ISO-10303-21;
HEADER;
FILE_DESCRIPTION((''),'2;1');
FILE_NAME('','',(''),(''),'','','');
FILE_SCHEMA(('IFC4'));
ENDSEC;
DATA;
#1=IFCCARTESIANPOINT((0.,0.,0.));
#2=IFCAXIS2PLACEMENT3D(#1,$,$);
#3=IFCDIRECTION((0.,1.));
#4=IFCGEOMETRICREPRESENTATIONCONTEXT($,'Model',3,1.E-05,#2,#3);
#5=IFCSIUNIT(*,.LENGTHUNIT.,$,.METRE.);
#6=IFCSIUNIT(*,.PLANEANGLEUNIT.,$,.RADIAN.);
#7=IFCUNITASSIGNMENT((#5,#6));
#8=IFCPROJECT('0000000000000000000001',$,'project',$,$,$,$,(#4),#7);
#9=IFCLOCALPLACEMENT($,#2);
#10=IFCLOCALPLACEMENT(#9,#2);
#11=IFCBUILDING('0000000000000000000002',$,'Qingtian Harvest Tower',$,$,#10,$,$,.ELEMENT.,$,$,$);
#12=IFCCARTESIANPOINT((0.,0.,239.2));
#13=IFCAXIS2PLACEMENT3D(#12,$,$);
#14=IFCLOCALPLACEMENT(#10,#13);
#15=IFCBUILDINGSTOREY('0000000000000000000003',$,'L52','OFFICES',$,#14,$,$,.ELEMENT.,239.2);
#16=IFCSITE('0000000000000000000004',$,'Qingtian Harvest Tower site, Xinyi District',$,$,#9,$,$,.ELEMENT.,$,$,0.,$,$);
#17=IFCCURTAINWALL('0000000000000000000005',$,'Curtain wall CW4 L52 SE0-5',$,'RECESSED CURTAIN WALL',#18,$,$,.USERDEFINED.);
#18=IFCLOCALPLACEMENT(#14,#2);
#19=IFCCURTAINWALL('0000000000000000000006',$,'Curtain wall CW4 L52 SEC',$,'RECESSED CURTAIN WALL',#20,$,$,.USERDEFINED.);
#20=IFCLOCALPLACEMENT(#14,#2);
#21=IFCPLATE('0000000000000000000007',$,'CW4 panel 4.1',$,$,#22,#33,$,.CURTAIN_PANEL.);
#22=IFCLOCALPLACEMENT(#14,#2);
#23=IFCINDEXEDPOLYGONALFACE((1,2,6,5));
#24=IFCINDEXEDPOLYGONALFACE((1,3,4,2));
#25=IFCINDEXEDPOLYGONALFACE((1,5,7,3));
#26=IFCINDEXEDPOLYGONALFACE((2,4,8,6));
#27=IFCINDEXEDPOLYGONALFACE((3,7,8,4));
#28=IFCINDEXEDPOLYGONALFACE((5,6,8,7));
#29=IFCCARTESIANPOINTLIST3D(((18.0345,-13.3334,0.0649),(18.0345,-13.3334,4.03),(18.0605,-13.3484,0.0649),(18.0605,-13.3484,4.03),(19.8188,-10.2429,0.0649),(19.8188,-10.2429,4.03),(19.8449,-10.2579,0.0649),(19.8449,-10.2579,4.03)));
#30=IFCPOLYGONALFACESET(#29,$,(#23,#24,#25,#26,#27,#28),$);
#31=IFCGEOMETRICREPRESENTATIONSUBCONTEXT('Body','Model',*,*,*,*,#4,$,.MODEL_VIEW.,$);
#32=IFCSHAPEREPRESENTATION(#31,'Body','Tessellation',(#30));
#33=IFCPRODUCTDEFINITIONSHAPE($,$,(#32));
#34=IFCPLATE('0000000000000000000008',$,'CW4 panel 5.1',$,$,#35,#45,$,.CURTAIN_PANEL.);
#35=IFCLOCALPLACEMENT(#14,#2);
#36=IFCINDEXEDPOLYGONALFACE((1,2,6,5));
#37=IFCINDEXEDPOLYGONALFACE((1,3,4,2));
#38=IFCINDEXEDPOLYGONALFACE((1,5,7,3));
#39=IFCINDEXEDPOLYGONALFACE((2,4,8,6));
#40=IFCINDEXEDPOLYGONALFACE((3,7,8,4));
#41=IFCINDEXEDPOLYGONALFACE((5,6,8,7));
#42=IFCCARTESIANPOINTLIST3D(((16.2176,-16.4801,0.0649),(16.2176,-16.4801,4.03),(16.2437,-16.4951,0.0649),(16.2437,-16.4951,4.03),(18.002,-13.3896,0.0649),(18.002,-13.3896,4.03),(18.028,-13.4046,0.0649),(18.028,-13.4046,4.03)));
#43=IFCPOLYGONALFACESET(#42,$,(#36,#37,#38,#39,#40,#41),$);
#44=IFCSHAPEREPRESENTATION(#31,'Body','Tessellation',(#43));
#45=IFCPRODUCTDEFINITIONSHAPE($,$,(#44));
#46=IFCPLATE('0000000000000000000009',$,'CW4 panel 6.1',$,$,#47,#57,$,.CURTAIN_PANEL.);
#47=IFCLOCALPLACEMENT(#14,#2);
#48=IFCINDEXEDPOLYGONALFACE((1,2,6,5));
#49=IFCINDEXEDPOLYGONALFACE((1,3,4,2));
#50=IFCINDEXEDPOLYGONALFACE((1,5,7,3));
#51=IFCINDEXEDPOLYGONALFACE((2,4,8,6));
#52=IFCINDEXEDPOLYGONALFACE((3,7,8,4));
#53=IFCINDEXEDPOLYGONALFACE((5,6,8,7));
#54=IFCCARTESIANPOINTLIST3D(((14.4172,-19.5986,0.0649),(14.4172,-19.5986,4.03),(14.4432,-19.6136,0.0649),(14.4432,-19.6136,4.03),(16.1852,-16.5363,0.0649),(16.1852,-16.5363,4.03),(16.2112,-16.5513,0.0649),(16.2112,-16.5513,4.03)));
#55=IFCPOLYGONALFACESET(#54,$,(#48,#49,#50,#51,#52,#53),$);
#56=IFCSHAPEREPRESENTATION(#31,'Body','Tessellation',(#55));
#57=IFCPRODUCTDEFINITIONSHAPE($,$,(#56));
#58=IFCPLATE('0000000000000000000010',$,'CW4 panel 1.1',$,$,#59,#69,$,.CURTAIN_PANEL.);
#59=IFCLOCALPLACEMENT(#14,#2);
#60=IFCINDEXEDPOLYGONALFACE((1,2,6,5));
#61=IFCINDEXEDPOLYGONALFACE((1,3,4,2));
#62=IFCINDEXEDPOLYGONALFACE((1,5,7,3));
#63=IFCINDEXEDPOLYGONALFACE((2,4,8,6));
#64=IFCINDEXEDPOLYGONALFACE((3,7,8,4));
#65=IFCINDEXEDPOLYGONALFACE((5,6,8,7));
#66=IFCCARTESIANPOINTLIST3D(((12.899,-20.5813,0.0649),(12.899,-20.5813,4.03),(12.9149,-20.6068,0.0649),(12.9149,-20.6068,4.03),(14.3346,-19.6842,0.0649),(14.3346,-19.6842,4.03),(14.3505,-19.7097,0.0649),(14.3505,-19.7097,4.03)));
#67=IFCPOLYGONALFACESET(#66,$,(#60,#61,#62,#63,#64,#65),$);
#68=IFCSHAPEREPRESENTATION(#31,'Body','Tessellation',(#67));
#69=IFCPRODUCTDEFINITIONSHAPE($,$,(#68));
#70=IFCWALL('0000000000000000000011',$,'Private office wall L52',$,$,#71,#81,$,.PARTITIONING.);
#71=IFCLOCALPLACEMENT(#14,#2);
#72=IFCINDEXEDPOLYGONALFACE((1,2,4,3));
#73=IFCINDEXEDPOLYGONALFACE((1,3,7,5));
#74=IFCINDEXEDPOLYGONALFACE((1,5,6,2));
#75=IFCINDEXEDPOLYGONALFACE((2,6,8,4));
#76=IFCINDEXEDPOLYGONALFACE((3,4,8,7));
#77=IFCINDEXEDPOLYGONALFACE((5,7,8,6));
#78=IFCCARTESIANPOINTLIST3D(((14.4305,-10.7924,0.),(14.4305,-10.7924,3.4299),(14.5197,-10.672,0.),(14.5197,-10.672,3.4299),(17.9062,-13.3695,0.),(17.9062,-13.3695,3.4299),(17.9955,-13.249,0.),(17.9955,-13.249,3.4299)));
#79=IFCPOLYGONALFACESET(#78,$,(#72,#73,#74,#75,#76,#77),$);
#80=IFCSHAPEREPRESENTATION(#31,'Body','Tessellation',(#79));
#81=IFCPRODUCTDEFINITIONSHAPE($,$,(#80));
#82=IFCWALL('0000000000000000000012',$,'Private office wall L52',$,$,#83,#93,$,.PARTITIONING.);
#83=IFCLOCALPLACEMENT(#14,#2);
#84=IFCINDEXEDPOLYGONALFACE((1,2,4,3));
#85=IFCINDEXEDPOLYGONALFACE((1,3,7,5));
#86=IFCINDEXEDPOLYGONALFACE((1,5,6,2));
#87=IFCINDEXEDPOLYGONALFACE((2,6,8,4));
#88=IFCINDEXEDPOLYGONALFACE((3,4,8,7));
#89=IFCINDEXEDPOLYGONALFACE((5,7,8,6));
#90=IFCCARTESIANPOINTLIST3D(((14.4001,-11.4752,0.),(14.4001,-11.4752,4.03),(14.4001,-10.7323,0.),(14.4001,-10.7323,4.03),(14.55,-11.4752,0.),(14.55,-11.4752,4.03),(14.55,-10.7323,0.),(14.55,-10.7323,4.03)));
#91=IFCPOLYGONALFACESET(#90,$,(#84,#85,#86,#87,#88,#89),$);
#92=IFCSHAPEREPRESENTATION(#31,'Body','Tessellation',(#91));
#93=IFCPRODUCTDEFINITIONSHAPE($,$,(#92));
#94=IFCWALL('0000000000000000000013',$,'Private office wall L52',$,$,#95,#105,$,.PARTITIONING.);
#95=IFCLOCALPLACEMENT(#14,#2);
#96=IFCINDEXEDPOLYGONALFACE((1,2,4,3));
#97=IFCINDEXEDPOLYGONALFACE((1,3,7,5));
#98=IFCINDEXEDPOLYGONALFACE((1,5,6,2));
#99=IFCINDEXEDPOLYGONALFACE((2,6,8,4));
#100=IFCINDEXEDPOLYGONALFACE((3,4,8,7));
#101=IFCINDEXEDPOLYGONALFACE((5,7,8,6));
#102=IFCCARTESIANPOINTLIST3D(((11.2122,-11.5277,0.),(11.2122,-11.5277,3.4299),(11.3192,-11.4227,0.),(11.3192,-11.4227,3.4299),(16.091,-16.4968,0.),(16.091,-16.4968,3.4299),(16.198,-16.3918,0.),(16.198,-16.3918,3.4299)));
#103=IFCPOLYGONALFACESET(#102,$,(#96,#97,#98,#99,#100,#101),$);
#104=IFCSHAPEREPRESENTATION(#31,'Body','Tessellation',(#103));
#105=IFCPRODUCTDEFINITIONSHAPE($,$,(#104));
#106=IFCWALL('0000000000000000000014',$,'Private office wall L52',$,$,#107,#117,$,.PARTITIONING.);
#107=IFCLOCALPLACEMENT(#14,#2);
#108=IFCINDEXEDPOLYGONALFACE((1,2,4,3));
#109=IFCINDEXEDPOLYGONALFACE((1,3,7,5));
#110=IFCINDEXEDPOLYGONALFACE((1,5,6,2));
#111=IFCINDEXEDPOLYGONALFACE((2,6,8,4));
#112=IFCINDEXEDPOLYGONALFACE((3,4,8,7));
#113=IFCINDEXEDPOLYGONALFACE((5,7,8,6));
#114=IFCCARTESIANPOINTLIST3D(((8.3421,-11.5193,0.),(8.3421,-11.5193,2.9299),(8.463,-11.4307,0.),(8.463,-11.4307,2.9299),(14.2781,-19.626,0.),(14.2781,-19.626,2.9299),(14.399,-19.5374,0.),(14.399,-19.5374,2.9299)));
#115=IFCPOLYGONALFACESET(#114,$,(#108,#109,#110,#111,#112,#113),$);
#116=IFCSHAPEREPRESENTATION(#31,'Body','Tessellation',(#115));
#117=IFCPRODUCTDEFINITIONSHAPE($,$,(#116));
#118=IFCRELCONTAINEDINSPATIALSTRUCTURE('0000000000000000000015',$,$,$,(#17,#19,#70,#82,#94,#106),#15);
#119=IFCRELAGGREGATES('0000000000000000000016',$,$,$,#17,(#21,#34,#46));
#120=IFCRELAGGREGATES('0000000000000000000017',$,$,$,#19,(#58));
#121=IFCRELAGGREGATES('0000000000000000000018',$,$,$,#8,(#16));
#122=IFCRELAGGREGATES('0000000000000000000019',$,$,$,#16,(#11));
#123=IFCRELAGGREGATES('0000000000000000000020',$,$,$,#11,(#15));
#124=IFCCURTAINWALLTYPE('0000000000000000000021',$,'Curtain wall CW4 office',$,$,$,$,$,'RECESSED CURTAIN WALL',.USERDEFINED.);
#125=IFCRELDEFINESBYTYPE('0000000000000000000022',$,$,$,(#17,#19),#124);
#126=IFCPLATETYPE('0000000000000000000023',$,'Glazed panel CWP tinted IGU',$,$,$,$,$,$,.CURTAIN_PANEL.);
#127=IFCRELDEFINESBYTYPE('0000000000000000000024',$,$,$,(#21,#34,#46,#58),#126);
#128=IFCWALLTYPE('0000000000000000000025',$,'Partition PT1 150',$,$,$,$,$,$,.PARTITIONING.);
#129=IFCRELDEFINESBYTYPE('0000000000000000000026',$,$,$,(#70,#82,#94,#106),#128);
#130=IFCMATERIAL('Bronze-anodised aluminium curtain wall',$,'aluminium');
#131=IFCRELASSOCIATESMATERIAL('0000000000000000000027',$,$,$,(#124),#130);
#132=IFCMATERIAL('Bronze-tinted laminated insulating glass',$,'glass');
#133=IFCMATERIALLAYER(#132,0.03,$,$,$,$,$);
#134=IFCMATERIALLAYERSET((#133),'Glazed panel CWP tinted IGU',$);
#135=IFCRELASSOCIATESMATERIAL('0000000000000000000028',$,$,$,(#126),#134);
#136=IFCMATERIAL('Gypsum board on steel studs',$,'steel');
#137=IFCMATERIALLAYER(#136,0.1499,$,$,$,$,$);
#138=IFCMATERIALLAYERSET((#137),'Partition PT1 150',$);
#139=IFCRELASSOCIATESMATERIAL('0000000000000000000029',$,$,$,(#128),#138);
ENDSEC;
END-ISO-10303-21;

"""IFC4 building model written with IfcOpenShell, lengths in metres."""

from ifc_helpers import new_model, si_unit, direction, frame, frame_2d, origin, origin_2d, place, context, subcontext, project, spatial, rectangle, extrude, material, layer, layer_set, type_object, element, aggregate, save


model = new_model("IFC4")

# Units and contexts
model_context = context("Model", 3, precision=1e-05, world=origin(), true_north=direction((0.0, 1.0)))
body_context = subcontext(model_context, "Body", "Model", "MODEL_VIEW")
ifc_project = project(units=[si_unit("LENGTHUNIT", "METRE"), si_unit("PLANEANGLEUNIT", "RADIAN")], contexts=[model_context])

# Site, building, storey
site_placement = place(None, origin())
site = spatial("IfcSite", under=ifc_project, at=site_placement, Name="Qingtian Harvest Tower site, Xinyi District", CompositionType="ELEMENT", RefElevation=0.0)
building_placement = place(site_placement, origin())
building = spatial("IfcBuilding", under=site, at=building_placement, Name="Qingtian Harvest Tower", CompositionType="ELEMENT")
storey_placement = place(building_placement, frame((0.0, 0.0, 239.2)))
storey = spatial("IfcBuildingStorey", under=building, at=storey_placement, Name="L52", Description="OFFICES", CompositionType="ELEMENT", Elevation=239.2)

# Curtain walls
ifc_material_1 = material(Name="Bronze-anodised aluminium curtain wall", Category="aluminium")
curtain_wall_type = type_object("IfcCurtainWallType", Name="Curtain wall CW4 office", ElementType="RECESSED CURTAIN WALL", PredefinedType="USERDEFINED", material=ifc_material_1)
curtain_wall_1_placement = place(storey_placement, origin())
curtain_wall_1 = element("IfcCurtainWall", 1, at=curtain_wall_1_placement, inside=storey, type_object=curtain_wall_type, Name="Curtain wall CW4 L52 SE0-5", ObjectType="RECESSED CURTAIN WALL", PredefinedType="USERDEFINED")
curtain_wall_2_placement = place(storey_placement, origin())
curtain_wall_2 = element("IfcCurtainWall", 2, at=curtain_wall_2_placement, inside=storey, type_object=curtain_wall_type, Name="Curtain wall CW4 L52 SEC", ObjectType="RECESSED CURTAIN WALL", PredefinedType="USERDEFINED")

# Plates
ifc_material_2 = material(Name="Bronze-tinted laminated insulating glass", Category="glass")
ifc_layer_1 = layer(ifc_material_2, 0.03)
ifc_layer_set_1 = layer_set([ifc_layer_1], Name="Glazed panel CWP tinted IGU")
plate_type = type_object("IfcPlateType", Name="Glazed panel CWP tinted IGU", PredefinedType="CURTAIN_PANEL", material=ifc_layer_set_1)
plate_1_placement = place(storey_placement, frame((18.9397, -11.7957, 0.0649), z_axis=(0.0, 0.0, 1.0), x_axis=(-0.5, -0.866025, 0.0)))
plate_1 = element("IfcPlate", 3, at=plate_1_placement, type_object=plate_type, Name="CW4 panel 4.1", PredefinedType="CURTAIN_PANEL", context=body_context, shape_type="SweptSolid", body=[
    extrude(rectangle(XDim=3.5686, YDim=0.03, at=origin_2d()), origin(), (0.0, 0.0, 1.0), 3.9651),
])
plate_2_placement = place(storey_placement, frame((17.1228, -14.9424, 0.0649), z_axis=(0.0, 0.0, 1.0), x_axis=(-0.5, -0.866025, 0.0)))
plate_2 = element("IfcPlate", 4, at=plate_2_placement, type_object=plate_type, Name="CW4 panel 5.1", PredefinedType="CURTAIN_PANEL", context=body_context, shape_type="SweptSolid", body=[
    extrude(rectangle(XDim=3.5686, YDim=0.03, at=origin_2d()), origin(), (0.0, 0.0, 1.0), 3.9651),
])
plate_3_placement = place(storey_placement, frame((15.3142, -18.075, 0.0649), z_axis=(0.0, 0.0, 1.0), x_axis=(-0.5, -0.866025, 0.0)))
plate_3 = element("IfcPlate", 5, at=plate_3_placement, type_object=plate_type, Name="CW4 panel 6.1", PredefinedType="CURTAIN_PANEL", context=body_context, shape_type="SweptSolid", body=[
    extrude(rectangle(XDim=3.5361, YDim=0.03, at=origin_2d()), origin(), (0.0, 0.0, 1.0), 3.9651),
])
aggregate(curtain_wall_1, [plate_1, plate_2, plate_3])
plate_4_placement = place(storey_placement, frame((13.6248, -20.1455, 0.0649), z_axis=(0.0, 0.0, 1.0), x_axis=(-0.848048, -0.529919, 0.0)))
plate_4 = element("IfcPlate", 6, at=plate_4_placement, type_object=plate_type, Name="CW4 panel 1.1", PredefinedType="CURTAIN_PANEL", context=body_context, shape_type="SweptSolid", body=[
    extrude(rectangle(XDim=1.6929, YDim=0.03, at=origin_2d()), origin(), (0.0, 0.0, 1.0), 3.9651),
])
aggregate(curtain_wall_2, [plate_4])

# Walls
ifc_material_3 = material(Name="Gypsum board on steel studs", Category="steel")
ifc_layer_2 = layer(ifc_material_3, 0.1499)
ifc_layer_set_2 = layer_set([ifc_layer_2], Name="Partition PT1 150")
wall_type = type_object("IfcWallType", Name="Partition PT1 150", PredefinedType="PARTITIONING", material=ifc_layer_set_2)
wall_1_placement = place(storey_placement, frame((17.9509, -13.3093, 0.0), z_axis=(0.0, 0.0, 1.0), x_axis=(-0.803285, 0.595595, 0.0)))
element("IfcWall", 7, at=wall_1_placement, inside=storey, type_object=wall_type, Name="Private office wall L52", PredefinedType="PARTITIONING", context=body_context, shape_type="SweptSolid", body=[
    extrude(rectangle(XDim=4.3269, YDim=0.1499, at=frame_2d((2.1636, 0.0))), origin(), (0.0, 0.0, 1.0), 3.4299),
])
wall_2_placement = place(storey_placement, frame((14.4751, -10.7322, 0.0), z_axis=(0.0, 0.0, 1.0), x_axis=(0.0, -1.0, 0.0)))
element("IfcWall", 8, at=wall_2_placement, inside=storey, type_object=wall_type, Name="Private office wall L52", PredefinedType="PARTITIONING", context=body_context, shape_type="SweptSolid", body=[
    extrude(rectangle(XDim=0.7429, YDim=0.1499, at=frame_2d((0.3716, 0.0))), origin(), (0.0, 0.0, 1.0), 4.03),
])

# Walls
wall_3_placement = place(storey_placement, frame((16.1445, -16.4443, 0.0), z_axis=(0.0, 0.0, 1.0), x_axis=(-0.700591, 0.713563, 0.0)))
element("IfcWall", 9, at=wall_3_placement, inside=storey, type_object=wall_type, Name="Private office wall L52", PredefinedType="PARTITIONING", context=body_context, shape_type="SweptSolid", body=[
    extrude(rectangle(XDim=6.9639, YDim=0.1499, at=frame_2d((3.4819, 0.0))), origin(), (0.0, 0.0, 1.0), 3.4299),
])
wall_4_placement = place(storey_placement, frame((14.3386, -19.5818, 0.0), z_axis=(0.0, 0.0, 1.0), x_axis=(-0.590789, 0.806826, 0.0)))
element("IfcWall", 10, at=wall_4_placement, inside=storey, type_object=wall_type, Name="Private office wall L52", PredefinedType="PARTITIONING", context=body_context, shape_type="SweptSolid", body=[
    extrude(rectangle(XDim=10.0476, YDim=0.1499, at=frame_2d((5.0239, 0.0))), origin(), (0.0, 0.0, 1.0), 2.9299),
])

save(model, "model.ifc")
